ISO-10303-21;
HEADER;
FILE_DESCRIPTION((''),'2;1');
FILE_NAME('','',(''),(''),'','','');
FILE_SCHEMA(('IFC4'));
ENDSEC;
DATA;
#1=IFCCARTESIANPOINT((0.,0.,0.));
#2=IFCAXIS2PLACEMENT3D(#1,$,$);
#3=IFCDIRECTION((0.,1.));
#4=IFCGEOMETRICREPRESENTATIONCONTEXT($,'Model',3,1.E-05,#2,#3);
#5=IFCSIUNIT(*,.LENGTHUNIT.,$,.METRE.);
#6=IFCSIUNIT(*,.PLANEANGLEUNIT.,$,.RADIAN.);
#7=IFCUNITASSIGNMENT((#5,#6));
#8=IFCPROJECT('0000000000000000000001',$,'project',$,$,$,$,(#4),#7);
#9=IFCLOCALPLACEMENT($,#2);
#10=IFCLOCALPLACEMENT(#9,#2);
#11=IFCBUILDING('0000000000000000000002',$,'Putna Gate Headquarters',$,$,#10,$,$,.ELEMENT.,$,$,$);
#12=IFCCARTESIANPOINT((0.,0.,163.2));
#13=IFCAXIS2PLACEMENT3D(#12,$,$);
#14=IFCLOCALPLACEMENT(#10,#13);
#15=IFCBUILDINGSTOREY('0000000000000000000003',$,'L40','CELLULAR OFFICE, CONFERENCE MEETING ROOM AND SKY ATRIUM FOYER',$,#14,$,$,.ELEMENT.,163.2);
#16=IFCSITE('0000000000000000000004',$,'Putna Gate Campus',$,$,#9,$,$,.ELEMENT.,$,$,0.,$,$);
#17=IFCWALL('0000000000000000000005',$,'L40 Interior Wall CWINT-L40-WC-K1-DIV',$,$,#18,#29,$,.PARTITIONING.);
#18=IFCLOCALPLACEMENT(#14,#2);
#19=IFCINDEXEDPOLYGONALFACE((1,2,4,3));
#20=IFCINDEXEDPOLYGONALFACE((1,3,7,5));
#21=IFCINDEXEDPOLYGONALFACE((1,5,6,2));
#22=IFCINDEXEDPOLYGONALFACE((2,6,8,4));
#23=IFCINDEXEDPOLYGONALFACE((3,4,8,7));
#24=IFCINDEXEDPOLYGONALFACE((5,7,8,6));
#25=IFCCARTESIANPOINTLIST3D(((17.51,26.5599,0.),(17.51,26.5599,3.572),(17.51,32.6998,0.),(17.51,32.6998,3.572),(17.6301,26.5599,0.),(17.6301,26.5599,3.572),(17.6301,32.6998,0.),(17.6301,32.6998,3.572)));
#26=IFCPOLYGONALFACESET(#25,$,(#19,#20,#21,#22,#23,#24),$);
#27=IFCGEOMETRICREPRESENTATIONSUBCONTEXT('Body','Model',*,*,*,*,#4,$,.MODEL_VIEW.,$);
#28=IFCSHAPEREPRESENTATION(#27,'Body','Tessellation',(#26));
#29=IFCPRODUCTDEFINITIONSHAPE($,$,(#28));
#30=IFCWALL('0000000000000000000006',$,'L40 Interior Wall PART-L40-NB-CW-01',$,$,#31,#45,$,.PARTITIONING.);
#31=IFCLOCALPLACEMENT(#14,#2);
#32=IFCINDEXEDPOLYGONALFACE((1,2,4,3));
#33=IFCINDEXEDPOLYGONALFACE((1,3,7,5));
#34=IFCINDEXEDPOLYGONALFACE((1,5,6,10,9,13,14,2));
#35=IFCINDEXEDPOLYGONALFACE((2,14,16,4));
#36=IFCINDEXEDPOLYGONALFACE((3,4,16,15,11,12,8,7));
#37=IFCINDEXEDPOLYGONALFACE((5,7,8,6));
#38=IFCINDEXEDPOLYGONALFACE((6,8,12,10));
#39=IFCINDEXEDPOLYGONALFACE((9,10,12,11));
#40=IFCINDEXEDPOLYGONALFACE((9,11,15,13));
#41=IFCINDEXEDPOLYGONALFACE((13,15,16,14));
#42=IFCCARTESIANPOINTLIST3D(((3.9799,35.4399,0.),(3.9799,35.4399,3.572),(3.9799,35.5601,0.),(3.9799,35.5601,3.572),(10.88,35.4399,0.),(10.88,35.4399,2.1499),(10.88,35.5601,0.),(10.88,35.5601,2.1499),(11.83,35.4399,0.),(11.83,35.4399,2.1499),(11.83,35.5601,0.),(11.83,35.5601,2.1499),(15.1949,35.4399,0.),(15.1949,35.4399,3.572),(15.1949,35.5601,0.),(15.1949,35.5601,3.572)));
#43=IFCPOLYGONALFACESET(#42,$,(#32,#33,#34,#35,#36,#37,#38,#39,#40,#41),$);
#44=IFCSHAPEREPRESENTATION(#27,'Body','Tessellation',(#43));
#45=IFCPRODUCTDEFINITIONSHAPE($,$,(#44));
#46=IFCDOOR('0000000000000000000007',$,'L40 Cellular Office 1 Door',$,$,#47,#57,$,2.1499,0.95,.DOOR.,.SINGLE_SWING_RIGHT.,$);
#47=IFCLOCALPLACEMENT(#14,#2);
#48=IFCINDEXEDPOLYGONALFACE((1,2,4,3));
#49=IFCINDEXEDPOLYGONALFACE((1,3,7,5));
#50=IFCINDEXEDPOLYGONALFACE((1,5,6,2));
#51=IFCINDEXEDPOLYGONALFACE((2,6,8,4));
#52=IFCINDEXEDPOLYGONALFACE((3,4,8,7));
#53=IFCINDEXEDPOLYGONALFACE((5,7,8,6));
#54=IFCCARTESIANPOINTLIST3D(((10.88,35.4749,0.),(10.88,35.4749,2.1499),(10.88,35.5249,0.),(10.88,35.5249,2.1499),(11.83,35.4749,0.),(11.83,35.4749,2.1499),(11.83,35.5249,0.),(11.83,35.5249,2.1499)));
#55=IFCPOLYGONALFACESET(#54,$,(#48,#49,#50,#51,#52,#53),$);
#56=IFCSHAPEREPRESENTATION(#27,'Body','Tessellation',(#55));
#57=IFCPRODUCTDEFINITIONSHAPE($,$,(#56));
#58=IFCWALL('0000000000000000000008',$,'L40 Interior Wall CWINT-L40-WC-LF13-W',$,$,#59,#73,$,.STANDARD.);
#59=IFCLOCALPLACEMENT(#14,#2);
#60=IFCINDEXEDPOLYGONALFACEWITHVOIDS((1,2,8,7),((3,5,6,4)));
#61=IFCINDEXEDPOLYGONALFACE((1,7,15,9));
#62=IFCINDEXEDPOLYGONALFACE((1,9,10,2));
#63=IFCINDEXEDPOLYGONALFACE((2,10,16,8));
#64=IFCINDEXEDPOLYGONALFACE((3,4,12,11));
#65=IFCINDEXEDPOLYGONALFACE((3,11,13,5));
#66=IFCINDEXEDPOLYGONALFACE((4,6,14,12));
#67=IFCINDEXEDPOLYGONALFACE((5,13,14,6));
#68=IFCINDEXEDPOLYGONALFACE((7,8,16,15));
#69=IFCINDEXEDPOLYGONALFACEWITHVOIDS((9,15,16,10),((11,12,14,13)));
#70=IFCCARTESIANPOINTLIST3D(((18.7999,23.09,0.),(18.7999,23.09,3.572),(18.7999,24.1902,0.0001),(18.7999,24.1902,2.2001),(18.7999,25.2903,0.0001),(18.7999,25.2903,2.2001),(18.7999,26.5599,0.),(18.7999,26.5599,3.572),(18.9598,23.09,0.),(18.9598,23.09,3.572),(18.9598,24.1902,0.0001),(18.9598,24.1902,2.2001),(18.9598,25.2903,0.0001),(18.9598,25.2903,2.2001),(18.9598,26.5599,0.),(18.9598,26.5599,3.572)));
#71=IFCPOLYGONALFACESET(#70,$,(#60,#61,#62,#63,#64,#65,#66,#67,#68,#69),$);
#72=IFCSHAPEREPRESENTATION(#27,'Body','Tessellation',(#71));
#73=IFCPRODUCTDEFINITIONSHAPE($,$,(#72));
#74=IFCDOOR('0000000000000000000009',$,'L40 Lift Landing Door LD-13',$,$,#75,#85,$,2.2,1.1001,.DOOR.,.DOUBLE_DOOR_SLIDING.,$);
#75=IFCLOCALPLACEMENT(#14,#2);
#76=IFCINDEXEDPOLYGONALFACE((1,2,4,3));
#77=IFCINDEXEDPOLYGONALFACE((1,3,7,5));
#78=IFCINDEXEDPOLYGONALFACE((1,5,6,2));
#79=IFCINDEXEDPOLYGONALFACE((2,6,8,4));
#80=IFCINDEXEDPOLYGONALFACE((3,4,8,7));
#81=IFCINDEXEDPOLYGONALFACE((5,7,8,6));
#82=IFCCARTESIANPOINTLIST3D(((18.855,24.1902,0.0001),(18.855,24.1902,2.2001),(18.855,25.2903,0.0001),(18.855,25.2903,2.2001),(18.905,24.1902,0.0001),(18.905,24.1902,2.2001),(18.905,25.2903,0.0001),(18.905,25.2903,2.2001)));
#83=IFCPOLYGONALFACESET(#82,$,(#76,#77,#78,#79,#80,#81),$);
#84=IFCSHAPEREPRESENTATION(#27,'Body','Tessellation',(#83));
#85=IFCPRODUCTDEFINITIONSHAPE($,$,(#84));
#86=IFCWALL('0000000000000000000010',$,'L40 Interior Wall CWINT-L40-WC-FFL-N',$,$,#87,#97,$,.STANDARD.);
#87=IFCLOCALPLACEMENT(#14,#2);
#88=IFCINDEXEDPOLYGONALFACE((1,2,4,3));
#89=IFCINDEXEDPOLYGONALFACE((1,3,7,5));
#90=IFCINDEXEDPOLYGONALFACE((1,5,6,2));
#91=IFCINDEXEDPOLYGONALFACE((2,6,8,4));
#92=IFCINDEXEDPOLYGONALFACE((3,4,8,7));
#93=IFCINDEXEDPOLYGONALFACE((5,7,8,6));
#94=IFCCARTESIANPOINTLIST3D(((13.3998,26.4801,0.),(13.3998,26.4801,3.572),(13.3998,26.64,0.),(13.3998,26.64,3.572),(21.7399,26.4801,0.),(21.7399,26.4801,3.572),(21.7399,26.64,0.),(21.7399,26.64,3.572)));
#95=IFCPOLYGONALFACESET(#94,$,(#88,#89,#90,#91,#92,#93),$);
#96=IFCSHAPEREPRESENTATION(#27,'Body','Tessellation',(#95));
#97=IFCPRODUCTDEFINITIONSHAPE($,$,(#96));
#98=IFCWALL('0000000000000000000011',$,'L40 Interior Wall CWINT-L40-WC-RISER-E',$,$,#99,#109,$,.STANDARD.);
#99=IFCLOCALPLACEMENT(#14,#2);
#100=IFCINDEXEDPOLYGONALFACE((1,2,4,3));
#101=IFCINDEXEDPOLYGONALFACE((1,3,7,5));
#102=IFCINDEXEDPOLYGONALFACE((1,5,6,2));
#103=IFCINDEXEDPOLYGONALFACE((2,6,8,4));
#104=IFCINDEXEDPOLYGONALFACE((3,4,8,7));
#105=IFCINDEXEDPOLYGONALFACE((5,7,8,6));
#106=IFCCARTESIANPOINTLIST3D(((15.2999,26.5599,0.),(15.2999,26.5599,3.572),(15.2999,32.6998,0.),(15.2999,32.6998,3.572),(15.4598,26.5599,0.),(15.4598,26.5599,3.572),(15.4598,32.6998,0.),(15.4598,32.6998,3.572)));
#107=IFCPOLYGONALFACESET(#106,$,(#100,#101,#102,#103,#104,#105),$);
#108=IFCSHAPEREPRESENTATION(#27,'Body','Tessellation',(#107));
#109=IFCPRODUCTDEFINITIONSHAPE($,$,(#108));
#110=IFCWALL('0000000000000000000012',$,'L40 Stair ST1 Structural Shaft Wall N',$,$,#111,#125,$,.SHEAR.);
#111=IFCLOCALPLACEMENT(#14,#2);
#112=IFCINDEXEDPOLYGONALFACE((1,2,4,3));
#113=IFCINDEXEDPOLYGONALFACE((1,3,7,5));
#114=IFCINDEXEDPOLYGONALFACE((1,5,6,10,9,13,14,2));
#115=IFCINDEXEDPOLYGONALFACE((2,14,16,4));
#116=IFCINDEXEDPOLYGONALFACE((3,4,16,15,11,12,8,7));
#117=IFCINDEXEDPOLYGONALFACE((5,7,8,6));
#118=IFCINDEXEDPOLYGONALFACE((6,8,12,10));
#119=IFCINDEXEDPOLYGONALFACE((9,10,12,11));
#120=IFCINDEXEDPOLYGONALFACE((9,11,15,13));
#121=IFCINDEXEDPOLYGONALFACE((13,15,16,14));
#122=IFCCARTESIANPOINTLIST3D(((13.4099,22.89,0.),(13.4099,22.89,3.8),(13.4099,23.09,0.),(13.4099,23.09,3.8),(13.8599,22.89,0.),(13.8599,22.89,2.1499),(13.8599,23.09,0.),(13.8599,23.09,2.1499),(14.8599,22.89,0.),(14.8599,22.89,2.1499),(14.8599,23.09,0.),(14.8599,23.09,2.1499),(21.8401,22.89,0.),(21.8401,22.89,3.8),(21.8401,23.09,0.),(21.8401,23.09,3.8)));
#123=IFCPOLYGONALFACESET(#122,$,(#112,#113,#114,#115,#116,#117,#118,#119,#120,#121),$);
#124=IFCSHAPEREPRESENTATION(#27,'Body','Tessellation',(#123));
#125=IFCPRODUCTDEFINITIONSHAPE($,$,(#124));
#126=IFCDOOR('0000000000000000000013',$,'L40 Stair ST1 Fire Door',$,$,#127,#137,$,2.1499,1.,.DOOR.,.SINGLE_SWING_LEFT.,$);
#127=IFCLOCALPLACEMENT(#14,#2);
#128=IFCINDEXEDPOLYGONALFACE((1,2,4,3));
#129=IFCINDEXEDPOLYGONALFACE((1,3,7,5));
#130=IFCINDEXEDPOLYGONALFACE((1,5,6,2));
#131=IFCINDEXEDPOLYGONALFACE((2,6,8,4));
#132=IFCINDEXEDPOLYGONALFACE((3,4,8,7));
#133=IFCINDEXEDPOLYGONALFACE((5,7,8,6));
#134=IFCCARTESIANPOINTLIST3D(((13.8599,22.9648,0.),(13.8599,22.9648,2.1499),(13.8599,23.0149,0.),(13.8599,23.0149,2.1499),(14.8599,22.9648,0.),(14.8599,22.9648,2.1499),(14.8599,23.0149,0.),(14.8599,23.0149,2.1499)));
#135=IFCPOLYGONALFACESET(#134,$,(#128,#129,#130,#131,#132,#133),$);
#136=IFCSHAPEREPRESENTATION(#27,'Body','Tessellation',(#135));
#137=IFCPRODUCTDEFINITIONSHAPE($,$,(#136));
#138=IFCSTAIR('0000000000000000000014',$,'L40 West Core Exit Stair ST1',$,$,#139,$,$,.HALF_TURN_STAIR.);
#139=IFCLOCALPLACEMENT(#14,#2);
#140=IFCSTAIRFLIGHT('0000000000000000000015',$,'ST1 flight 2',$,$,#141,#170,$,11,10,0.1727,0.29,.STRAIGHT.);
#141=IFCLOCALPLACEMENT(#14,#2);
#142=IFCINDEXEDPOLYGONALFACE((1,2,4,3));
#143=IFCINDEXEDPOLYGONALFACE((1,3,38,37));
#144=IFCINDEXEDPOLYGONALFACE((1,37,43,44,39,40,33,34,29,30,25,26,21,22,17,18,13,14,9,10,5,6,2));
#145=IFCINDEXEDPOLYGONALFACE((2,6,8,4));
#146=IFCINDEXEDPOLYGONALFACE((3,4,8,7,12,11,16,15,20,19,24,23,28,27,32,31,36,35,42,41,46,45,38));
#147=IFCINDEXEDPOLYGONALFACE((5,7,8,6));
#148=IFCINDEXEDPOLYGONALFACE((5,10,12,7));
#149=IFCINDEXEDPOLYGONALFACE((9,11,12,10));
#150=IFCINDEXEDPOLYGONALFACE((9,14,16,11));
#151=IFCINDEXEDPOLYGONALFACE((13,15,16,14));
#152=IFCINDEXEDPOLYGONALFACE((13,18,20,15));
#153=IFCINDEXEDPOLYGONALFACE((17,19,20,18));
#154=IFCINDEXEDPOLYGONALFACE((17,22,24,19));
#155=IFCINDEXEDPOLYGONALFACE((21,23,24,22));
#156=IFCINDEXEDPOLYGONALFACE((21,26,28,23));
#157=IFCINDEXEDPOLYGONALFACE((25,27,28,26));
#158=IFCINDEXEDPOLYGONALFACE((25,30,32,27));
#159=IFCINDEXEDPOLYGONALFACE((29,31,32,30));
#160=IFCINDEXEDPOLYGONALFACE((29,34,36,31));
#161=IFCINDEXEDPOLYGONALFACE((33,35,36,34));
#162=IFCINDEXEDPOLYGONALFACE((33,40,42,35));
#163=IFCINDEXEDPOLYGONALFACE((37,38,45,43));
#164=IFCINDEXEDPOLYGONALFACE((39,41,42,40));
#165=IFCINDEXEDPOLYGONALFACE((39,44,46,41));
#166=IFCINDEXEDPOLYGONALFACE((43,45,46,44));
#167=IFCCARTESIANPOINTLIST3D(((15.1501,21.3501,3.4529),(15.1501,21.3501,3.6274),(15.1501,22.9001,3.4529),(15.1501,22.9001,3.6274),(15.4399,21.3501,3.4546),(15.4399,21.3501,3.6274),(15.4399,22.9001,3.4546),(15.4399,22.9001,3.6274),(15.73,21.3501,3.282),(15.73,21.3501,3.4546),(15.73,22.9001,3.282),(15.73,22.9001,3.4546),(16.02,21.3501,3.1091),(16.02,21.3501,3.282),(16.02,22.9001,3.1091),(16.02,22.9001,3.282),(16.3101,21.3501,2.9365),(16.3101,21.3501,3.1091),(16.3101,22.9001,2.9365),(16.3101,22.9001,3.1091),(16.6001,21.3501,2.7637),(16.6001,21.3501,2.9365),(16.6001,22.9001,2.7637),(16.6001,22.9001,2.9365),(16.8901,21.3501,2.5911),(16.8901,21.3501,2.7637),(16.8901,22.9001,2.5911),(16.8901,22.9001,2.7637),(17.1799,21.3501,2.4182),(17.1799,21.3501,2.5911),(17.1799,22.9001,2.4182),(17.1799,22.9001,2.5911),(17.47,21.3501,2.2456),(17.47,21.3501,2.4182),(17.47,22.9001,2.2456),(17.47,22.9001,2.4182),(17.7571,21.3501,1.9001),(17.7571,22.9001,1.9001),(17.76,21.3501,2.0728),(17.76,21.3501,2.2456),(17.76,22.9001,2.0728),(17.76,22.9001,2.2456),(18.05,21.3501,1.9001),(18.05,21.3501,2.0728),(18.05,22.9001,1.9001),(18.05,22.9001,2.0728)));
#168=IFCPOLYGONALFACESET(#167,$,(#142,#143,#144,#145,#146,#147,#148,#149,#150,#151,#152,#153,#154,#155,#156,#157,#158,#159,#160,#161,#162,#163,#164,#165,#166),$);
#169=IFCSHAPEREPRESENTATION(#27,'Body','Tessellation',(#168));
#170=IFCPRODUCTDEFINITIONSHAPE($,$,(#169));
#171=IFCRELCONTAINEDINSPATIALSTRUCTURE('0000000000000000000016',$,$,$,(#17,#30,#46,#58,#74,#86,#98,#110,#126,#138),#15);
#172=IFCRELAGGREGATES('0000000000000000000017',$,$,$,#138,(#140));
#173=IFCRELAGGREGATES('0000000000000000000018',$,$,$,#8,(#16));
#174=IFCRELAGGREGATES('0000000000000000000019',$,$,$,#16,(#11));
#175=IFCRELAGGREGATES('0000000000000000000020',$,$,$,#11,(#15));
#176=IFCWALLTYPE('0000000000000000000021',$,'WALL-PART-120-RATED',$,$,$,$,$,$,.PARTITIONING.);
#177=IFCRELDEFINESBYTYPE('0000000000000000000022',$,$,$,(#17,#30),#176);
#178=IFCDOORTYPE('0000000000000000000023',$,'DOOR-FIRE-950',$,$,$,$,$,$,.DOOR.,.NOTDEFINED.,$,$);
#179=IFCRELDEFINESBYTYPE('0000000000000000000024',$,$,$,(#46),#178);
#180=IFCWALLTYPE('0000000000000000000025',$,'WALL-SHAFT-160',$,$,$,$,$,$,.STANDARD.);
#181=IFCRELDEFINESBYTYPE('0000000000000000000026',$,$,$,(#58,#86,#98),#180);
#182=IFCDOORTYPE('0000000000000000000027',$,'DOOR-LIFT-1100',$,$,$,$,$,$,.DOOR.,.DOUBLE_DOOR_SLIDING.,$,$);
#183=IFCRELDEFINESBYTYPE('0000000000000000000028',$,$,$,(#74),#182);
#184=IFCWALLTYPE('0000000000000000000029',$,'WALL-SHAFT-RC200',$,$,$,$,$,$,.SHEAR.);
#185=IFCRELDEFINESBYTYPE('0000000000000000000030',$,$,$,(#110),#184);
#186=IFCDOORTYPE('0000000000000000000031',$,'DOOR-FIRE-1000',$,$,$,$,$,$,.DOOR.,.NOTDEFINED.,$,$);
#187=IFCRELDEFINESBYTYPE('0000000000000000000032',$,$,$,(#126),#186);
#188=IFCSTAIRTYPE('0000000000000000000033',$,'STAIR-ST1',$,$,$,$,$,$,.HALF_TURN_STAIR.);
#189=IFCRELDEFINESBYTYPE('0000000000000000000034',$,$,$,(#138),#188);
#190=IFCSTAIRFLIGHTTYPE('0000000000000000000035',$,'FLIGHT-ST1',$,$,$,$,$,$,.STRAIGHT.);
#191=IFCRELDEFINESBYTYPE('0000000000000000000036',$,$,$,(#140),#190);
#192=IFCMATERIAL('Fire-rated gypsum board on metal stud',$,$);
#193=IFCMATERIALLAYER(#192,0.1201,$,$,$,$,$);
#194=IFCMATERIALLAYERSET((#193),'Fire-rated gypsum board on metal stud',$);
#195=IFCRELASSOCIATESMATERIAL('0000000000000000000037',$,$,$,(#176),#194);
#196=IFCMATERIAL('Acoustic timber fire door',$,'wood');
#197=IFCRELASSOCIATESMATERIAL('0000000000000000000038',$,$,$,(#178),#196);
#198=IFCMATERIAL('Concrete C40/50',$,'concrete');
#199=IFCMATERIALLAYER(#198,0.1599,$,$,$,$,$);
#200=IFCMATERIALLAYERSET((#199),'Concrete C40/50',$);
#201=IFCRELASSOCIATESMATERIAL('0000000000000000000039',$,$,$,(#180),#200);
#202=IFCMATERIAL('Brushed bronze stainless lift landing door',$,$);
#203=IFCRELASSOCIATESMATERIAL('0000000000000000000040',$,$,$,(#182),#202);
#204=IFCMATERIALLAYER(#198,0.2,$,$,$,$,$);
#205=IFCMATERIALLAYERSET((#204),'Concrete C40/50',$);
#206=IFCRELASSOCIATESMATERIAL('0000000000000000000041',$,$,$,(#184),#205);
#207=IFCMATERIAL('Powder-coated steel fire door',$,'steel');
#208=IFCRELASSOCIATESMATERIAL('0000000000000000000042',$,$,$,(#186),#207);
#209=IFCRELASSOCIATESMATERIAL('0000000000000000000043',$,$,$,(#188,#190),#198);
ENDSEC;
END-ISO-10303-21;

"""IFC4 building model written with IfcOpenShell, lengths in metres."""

from ifc_helpers import new_model, si_unit, direction, frame, frame_2d, origin, place, context, subcontext, project, spatial, polyline, rectangle, outline, extrude, material, layer, layer_set, type_object, element, fill, aggregate, save


model = new_model("IFC4")

# Units and contexts
model_context = context("Model", 3, precision=1e-05, world=origin(), true_north=direction((0.0, 1.0)))
body_context = subcontext(model_context, "Body", "Model", "MODEL_VIEW")
ifc_project = project(units=[si_unit("LENGTHUNIT", "METRE"), si_unit("PLANEANGLEUNIT", "RADIAN")], contexts=[model_context])

# Site, building, storey
site_placement = place(None, origin())
site = spatial("IfcSite", under=ifc_project, at=site_placement, Name="Putna Gate Campus", CompositionType="ELEMENT", RefElevation=0.0)
building_placement = place(site_placement, origin())
building = spatial("IfcBuilding", under=site, at=building_placement, Name="Putna Gate Headquarters", CompositionType="ELEMENT")
storey_placement = place(building_placement, frame((0.0, 0.0, 163.2)))
storey = spatial("IfcBuildingStorey", under=building, at=storey_placement, Name="L40", Description="CELLULAR OFFICE, CONFERENCE MEETING ROOM AND SKY ATRIUM FOYER", CompositionType="ELEMENT", Elevation=163.2)

# Wall
ifc_material_1 = material(Name="Fire-rated gypsum board on metal stud")
ifc_layer_1 = layer(ifc_material_1, 0.1201)
ifc_layer_set_1 = layer_set([ifc_layer_1], Name="Fire-rated gypsum board on metal stud")
wall_type_1 = type_object("IfcWallType", Name="WALL-PART-120-RATED", PredefinedType="PARTITIONING", material=ifc_layer_set_1)
wall_1_placement = place(storey_placement, frame((17.5701, 26.5601, 0.0), z_axis=(0.0, 0.0, 1.0), x_axis=(0.0, 1.0, 0.0)))
element("IfcWall", 1, at=wall_1_placement, inside=storey, type_object=wall_type_1, Name="L40 Interior Wall CWINT-L40-WC-K1-DIV", PredefinedType="PARTITIONING", context=body_context, shape_type="SweptSolid", body=[
    extrude(rectangle(XDim=6.1399, YDim=0.1201, at=frame_2d((3.0698, 0.0))), origin(), (0.0, 0.0, 1.0), 3.572),
])

# Walls, openings, doors
wall_2_placement = place(storey_placement, frame((3.98, 35.5, 0.0), z_axis=(0.0, 0.0, 1.0), x_axis=(1.0, 0.0, 0.0)))
wall_2 = element("IfcWall", 2, at=wall_2_placement, inside=storey, type_object=wall_type_1, Name="L40 Interior Wall PART-L40-NB-CW-01", PredefinedType="PARTITIONING", context=body_context, shape_type="SweptSolid", body=[
    extrude(rectangle(XDim=11.2151, YDim=0.1201, at=frame_2d((5.6074, 0.0))), origin(), (0.0, 0.0, 1.0), 3.572),
])
opening_1_placement = place(wall_2_placement, frame((6.8999, 0.0, 0.0)))
opening_1 = element("IfcOpeningElement", 3, at=opening_1_placement, cuts=wall_2, PredefinedType="OPENING", context=body_context, shape_type="SweptSolid", body=[
    extrude(rectangle(XDim=0.95, YDim=2.1499, at=frame_2d((0.4751, 1.075))), frame((0.0, 0.0701, 0.0), z_axis=(0.0, -1.0, 0.0), x_axis=(1.0, 0.0, 0.0)), (0.0, 0.0, 1.0), 0.1401),
])
ifc_material_2 = material(Name="Acoustic timber fire door", Category="wood")
door_type_1 = type_object("IfcDoorType", Name="DOOR-FIRE-950", OperationType="NOTDEFINED", PredefinedType="DOOR", material=ifc_material_2)
door_1_placement = place(opening_1_placement, origin())
door_1 = element("IfcDoor", 4, at=door_1_placement, inside=storey, type_object=door_type_1, Name="L40 Cellular Office 1 Door", OperationType="SINGLE_SWING_RIGHT", OverallHeight=2.1499, OverallWidth=0.95, PredefinedType="DOOR", context=body_context, shape_type="SweptSolid", body=[
    extrude(rectangle(XDim=0.95, YDim=2.1499, at=frame_2d((0.4751, 1.075))), frame((0.0, 0.0249, 0.0), z_axis=(0.0, -1.0, 0.0), x_axis=(1.0, 0.0, 0.0)), (0.0, 0.0, 1.0), 0.05),
])
fill(opening_1, door_1)
ifc_material_3 = material(Name="Concrete C40/50", Category="concrete")
ifc_layer_2 = layer(ifc_material_3, 0.1599)
ifc_layer_set_2 = layer_set([ifc_layer_2], Name="Concrete C40/50")
wall_type_2 = type_object("IfcWallType", Name="WALL-SHAFT-160", PredefinedType="STANDARD", material=ifc_layer_set_2)
wall_3_placement = place(storey_placement, frame((18.8799, 23.0901, 0.0), z_axis=(0.0, 0.0, 1.0), x_axis=(0.0, 1.0, 0.0)))
wall_3 = element("IfcWall", 5, at=wall_3_placement, inside=storey, type_object=wall_type_2, Name="L40 Interior Wall CWINT-L40-WC-LF13-W", PredefinedType="STANDARD", context=body_context, shape_type="SweptSolid", body=[
    extrude(rectangle(XDim=3.47, YDim=0.1599, at=frame_2d((1.7349, 0.0))), origin(), (0.0, 0.0, 1.0), 3.572),
])
opening_2_placement = place(wall_3_placement, frame((1.1001, 0.0, 0.0)))
opening_2 = element("IfcOpeningElement", 6, at=opening_2_placement, cuts=wall_3, PredefinedType="OPENING", context=body_context, shape_type="SweptSolid", body=[
    extrude(rectangle(XDim=1.1001, YDim=2.2, at=frame_2d((0.55, 1.1001))), frame((0.0, 0.0898, 0.0), z_axis=(0.0, -1.0, 0.0), x_axis=(1.0, 0.0, 0.0)), (0.0, 0.0, 1.0), 0.1799),
])
ifc_material_4 = material(Name="Brushed bronze stainless lift landing door")
door_type_2 = type_object("IfcDoorType", Name="DOOR-LIFT-1100", OperationType="DOUBLE_DOOR_SLIDING", PredefinedType="DOOR", material=ifc_material_4)
door_2_placement = place(opening_2_placement, origin())
door_2 = element("IfcDoor", 7, at=door_2_placement, inside=storey, type_object=door_type_2, Name="L40 Lift Landing Door LD-13", OperationType="DOUBLE_DOOR_SLIDING", OverallHeight=2.2, OverallWidth=1.1001, PredefinedType="DOOR", context=body_context, shape_type="SweptSolid", body=[
    extrude(rectangle(XDim=1.1001, YDim=2.2, at=frame_2d((0.55, 1.1001))), frame((0.0, 0.0249, 0.0), z_axis=(0.0, -1.0, 0.0), x_axis=(1.0, 0.0, 0.0)), (0.0, 0.0, 1.0), 0.05),
])
fill(opening_2, door_2)

# Walls
wall_4_placement = place(storey_placement, frame((13.3999, 26.5601, 0.0), z_axis=(0.0, 0.0, 1.0), x_axis=(1.0, 0.0, 0.0)))
element("IfcWall", 8, at=wall_4_placement, inside=storey, type_object=wall_type_2, Name="L40 Interior Wall CWINT-L40-WC-FFL-N", PredefinedType="STANDARD", context=body_context, shape_type="SweptSolid", body=[
    extrude(rectangle(XDim=8.3401, YDim=0.1599, at=frame_2d((4.1699, 0.0))), origin(), (0.0, 0.0, 1.0), 3.572),
])
wall_5_placement = place(storey_placement, frame((15.3799, 26.5601, 0.0), z_axis=(0.0, 0.0, 1.0), x_axis=(0.0, 1.0, 0.0)))
element("IfcWall", 9, at=wall_5_placement, inside=storey, type_object=wall_type_2, Name="L40 Interior Wall CWINT-L40-WC-RISER-E", PredefinedType="STANDARD", context=body_context, shape_type="SweptSolid", body=[
    extrude(rectangle(XDim=6.1399, YDim=0.1599, at=frame_2d((3.0698, 0.0))), origin(), (0.0, 0.0, 1.0), 3.572),
])

# Wall, opening, door
ifc_layer_3 = layer(ifc_material_3, 0.2)
ifc_layer_set_3 = layer_set([ifc_layer_3], Name="Concrete C40/50")
wall_type_3 = type_object("IfcWallType", Name="WALL-SHAFT-RC200", PredefinedType="SHEAR", material=ifc_layer_set_3)
wall_6_placement = place(storey_placement, frame((13.4099, 22.99, 0.0), z_axis=(0.0, 0.0, 1.0), x_axis=(1.0, 0.0, 0.0)))
wall_6 = element("IfcWall", 10, at=wall_6_placement, inside=storey, type_object=wall_type_3, Name="L40 Stair ST1 Structural Shaft Wall N", PredefinedType="SHEAR", context=body_context, shape_type="SweptSolid", body=[
    extrude(rectangle(XDim=8.4302, YDim=0.2, at=frame_2d((4.2151, 0.0))), origin(), (0.0, 0.0, 1.0), 3.8),
])
opening_3_placement = place(wall_6_placement, frame((0.45, 0.0, 0.0)))
opening_3 = element("IfcOpeningElement", 11, at=opening_3_placement, cuts=wall_6, PredefinedType="OPENING", context=body_context, shape_type="SweptSolid", body=[
    extrude(rectangle(XDim=1.0, YDim=2.1499, at=frame_2d((0.5, 1.075))), frame((0.0, 0.1099, 0.0), z_axis=(0.0, -1.0, 0.0), x_axis=(1.0, 0.0, 0.0)), (0.0, 0.0, 1.0), 0.22),
])
ifc_material_5 = material(Name="Powder-coated steel fire door", Category="steel")
door_type_3 = type_object("IfcDoorType", Name="DOOR-FIRE-1000", OperationType="NOTDEFINED", PredefinedType="DOOR", material=ifc_material_5)
door_3_placement = place(opening_3_placement, origin())
door_3 = element("IfcDoor", 12, at=door_3_placement, inside=storey, type_object=door_type_3, Name="L40 Stair ST1 Fire Door", OperationType="SINGLE_SWING_LEFT", OverallHeight=2.1499, OverallWidth=1.0, PredefinedType="DOOR", context=body_context, shape_type="SweptSolid", body=[
    extrude(rectangle(XDim=1.0, YDim=2.1499, at=frame_2d((0.5, 1.075))), frame((0.0, 0.0249, 0.0), z_axis=(0.0, -1.0, 0.0), x_axis=(1.0, 0.0, 0.0)), (0.0, 0.0, 1.0), 0.05),
])
fill(opening_3, door_3)

# Stair, stair flight
stair_type = type_object("IfcStairType", Name="STAIR-ST1", PredefinedType="HALF_TURN_STAIR", material=ifc_material_3)
stair_placement = place(storey_placement, origin())
stair = element("IfcStair", 13, at=stair_placement, inside=storey, type_object=stair_type, Name="L40 West Core Exit Stair ST1", PredefinedType="HALF_TURN_STAIR")
stair_flight_type = type_object("IfcStairFlightType", Name="FLIGHT-ST1", PredefinedType="STRAIGHT", material=ifc_material_3)
stair_flight_placement = place(storey_placement, frame((18.05, 22.125, 1.9001), z_axis=(0.0, 0.0, 1.0), x_axis=(-1.0, 0.0, 0.0)))
stair_flight = element("IfcStairFlight", 14, at=stair_flight_placement, type_object=stair_flight_type, Name="ST1 flight 2", NumberOfRisers=11, NumberOfTreads=10, PredefinedType="STRAIGHT", RiserHeight=0.1727, TreadLength=0.29, context=body_context, shape_type="SweptSolid", body=[
    extrude(outline(polyline([(0.0, 0.0), (0.0, 0.1726), (0.29, 0.1726), (0.29, 0.3455), (0.5801, 0.3455), (0.5801, 0.5181), (0.8701, 0.5181), (0.8701, 0.6909), (1.1599, 0.6909), (1.1599, 0.8635), (1.45, 0.8635), (1.45, 1.0364), (1.74, 1.0364), (1.74, 1.209), (2.03, 1.209), (2.03, 1.3818), (2.3201, 1.3818), (2.3201, 1.5544), (2.6101, 1.5544), (2.6101, 1.7273), (2.8999, 1.7273), (2.8999, 1.8999), (2.8999, 1.5527), (0.293, 0.0), (0.0, 0.0)])), frame((0.0, 0.7749, 0.0), z_axis=(0.0, -1.0, 0.0), x_axis=(1.0, 0.0, 0.0)), (0.0, 0.0, 1.0), 1.55),
])
aggregate(stair, [stair_flight])

save(model, "model.ifc")
